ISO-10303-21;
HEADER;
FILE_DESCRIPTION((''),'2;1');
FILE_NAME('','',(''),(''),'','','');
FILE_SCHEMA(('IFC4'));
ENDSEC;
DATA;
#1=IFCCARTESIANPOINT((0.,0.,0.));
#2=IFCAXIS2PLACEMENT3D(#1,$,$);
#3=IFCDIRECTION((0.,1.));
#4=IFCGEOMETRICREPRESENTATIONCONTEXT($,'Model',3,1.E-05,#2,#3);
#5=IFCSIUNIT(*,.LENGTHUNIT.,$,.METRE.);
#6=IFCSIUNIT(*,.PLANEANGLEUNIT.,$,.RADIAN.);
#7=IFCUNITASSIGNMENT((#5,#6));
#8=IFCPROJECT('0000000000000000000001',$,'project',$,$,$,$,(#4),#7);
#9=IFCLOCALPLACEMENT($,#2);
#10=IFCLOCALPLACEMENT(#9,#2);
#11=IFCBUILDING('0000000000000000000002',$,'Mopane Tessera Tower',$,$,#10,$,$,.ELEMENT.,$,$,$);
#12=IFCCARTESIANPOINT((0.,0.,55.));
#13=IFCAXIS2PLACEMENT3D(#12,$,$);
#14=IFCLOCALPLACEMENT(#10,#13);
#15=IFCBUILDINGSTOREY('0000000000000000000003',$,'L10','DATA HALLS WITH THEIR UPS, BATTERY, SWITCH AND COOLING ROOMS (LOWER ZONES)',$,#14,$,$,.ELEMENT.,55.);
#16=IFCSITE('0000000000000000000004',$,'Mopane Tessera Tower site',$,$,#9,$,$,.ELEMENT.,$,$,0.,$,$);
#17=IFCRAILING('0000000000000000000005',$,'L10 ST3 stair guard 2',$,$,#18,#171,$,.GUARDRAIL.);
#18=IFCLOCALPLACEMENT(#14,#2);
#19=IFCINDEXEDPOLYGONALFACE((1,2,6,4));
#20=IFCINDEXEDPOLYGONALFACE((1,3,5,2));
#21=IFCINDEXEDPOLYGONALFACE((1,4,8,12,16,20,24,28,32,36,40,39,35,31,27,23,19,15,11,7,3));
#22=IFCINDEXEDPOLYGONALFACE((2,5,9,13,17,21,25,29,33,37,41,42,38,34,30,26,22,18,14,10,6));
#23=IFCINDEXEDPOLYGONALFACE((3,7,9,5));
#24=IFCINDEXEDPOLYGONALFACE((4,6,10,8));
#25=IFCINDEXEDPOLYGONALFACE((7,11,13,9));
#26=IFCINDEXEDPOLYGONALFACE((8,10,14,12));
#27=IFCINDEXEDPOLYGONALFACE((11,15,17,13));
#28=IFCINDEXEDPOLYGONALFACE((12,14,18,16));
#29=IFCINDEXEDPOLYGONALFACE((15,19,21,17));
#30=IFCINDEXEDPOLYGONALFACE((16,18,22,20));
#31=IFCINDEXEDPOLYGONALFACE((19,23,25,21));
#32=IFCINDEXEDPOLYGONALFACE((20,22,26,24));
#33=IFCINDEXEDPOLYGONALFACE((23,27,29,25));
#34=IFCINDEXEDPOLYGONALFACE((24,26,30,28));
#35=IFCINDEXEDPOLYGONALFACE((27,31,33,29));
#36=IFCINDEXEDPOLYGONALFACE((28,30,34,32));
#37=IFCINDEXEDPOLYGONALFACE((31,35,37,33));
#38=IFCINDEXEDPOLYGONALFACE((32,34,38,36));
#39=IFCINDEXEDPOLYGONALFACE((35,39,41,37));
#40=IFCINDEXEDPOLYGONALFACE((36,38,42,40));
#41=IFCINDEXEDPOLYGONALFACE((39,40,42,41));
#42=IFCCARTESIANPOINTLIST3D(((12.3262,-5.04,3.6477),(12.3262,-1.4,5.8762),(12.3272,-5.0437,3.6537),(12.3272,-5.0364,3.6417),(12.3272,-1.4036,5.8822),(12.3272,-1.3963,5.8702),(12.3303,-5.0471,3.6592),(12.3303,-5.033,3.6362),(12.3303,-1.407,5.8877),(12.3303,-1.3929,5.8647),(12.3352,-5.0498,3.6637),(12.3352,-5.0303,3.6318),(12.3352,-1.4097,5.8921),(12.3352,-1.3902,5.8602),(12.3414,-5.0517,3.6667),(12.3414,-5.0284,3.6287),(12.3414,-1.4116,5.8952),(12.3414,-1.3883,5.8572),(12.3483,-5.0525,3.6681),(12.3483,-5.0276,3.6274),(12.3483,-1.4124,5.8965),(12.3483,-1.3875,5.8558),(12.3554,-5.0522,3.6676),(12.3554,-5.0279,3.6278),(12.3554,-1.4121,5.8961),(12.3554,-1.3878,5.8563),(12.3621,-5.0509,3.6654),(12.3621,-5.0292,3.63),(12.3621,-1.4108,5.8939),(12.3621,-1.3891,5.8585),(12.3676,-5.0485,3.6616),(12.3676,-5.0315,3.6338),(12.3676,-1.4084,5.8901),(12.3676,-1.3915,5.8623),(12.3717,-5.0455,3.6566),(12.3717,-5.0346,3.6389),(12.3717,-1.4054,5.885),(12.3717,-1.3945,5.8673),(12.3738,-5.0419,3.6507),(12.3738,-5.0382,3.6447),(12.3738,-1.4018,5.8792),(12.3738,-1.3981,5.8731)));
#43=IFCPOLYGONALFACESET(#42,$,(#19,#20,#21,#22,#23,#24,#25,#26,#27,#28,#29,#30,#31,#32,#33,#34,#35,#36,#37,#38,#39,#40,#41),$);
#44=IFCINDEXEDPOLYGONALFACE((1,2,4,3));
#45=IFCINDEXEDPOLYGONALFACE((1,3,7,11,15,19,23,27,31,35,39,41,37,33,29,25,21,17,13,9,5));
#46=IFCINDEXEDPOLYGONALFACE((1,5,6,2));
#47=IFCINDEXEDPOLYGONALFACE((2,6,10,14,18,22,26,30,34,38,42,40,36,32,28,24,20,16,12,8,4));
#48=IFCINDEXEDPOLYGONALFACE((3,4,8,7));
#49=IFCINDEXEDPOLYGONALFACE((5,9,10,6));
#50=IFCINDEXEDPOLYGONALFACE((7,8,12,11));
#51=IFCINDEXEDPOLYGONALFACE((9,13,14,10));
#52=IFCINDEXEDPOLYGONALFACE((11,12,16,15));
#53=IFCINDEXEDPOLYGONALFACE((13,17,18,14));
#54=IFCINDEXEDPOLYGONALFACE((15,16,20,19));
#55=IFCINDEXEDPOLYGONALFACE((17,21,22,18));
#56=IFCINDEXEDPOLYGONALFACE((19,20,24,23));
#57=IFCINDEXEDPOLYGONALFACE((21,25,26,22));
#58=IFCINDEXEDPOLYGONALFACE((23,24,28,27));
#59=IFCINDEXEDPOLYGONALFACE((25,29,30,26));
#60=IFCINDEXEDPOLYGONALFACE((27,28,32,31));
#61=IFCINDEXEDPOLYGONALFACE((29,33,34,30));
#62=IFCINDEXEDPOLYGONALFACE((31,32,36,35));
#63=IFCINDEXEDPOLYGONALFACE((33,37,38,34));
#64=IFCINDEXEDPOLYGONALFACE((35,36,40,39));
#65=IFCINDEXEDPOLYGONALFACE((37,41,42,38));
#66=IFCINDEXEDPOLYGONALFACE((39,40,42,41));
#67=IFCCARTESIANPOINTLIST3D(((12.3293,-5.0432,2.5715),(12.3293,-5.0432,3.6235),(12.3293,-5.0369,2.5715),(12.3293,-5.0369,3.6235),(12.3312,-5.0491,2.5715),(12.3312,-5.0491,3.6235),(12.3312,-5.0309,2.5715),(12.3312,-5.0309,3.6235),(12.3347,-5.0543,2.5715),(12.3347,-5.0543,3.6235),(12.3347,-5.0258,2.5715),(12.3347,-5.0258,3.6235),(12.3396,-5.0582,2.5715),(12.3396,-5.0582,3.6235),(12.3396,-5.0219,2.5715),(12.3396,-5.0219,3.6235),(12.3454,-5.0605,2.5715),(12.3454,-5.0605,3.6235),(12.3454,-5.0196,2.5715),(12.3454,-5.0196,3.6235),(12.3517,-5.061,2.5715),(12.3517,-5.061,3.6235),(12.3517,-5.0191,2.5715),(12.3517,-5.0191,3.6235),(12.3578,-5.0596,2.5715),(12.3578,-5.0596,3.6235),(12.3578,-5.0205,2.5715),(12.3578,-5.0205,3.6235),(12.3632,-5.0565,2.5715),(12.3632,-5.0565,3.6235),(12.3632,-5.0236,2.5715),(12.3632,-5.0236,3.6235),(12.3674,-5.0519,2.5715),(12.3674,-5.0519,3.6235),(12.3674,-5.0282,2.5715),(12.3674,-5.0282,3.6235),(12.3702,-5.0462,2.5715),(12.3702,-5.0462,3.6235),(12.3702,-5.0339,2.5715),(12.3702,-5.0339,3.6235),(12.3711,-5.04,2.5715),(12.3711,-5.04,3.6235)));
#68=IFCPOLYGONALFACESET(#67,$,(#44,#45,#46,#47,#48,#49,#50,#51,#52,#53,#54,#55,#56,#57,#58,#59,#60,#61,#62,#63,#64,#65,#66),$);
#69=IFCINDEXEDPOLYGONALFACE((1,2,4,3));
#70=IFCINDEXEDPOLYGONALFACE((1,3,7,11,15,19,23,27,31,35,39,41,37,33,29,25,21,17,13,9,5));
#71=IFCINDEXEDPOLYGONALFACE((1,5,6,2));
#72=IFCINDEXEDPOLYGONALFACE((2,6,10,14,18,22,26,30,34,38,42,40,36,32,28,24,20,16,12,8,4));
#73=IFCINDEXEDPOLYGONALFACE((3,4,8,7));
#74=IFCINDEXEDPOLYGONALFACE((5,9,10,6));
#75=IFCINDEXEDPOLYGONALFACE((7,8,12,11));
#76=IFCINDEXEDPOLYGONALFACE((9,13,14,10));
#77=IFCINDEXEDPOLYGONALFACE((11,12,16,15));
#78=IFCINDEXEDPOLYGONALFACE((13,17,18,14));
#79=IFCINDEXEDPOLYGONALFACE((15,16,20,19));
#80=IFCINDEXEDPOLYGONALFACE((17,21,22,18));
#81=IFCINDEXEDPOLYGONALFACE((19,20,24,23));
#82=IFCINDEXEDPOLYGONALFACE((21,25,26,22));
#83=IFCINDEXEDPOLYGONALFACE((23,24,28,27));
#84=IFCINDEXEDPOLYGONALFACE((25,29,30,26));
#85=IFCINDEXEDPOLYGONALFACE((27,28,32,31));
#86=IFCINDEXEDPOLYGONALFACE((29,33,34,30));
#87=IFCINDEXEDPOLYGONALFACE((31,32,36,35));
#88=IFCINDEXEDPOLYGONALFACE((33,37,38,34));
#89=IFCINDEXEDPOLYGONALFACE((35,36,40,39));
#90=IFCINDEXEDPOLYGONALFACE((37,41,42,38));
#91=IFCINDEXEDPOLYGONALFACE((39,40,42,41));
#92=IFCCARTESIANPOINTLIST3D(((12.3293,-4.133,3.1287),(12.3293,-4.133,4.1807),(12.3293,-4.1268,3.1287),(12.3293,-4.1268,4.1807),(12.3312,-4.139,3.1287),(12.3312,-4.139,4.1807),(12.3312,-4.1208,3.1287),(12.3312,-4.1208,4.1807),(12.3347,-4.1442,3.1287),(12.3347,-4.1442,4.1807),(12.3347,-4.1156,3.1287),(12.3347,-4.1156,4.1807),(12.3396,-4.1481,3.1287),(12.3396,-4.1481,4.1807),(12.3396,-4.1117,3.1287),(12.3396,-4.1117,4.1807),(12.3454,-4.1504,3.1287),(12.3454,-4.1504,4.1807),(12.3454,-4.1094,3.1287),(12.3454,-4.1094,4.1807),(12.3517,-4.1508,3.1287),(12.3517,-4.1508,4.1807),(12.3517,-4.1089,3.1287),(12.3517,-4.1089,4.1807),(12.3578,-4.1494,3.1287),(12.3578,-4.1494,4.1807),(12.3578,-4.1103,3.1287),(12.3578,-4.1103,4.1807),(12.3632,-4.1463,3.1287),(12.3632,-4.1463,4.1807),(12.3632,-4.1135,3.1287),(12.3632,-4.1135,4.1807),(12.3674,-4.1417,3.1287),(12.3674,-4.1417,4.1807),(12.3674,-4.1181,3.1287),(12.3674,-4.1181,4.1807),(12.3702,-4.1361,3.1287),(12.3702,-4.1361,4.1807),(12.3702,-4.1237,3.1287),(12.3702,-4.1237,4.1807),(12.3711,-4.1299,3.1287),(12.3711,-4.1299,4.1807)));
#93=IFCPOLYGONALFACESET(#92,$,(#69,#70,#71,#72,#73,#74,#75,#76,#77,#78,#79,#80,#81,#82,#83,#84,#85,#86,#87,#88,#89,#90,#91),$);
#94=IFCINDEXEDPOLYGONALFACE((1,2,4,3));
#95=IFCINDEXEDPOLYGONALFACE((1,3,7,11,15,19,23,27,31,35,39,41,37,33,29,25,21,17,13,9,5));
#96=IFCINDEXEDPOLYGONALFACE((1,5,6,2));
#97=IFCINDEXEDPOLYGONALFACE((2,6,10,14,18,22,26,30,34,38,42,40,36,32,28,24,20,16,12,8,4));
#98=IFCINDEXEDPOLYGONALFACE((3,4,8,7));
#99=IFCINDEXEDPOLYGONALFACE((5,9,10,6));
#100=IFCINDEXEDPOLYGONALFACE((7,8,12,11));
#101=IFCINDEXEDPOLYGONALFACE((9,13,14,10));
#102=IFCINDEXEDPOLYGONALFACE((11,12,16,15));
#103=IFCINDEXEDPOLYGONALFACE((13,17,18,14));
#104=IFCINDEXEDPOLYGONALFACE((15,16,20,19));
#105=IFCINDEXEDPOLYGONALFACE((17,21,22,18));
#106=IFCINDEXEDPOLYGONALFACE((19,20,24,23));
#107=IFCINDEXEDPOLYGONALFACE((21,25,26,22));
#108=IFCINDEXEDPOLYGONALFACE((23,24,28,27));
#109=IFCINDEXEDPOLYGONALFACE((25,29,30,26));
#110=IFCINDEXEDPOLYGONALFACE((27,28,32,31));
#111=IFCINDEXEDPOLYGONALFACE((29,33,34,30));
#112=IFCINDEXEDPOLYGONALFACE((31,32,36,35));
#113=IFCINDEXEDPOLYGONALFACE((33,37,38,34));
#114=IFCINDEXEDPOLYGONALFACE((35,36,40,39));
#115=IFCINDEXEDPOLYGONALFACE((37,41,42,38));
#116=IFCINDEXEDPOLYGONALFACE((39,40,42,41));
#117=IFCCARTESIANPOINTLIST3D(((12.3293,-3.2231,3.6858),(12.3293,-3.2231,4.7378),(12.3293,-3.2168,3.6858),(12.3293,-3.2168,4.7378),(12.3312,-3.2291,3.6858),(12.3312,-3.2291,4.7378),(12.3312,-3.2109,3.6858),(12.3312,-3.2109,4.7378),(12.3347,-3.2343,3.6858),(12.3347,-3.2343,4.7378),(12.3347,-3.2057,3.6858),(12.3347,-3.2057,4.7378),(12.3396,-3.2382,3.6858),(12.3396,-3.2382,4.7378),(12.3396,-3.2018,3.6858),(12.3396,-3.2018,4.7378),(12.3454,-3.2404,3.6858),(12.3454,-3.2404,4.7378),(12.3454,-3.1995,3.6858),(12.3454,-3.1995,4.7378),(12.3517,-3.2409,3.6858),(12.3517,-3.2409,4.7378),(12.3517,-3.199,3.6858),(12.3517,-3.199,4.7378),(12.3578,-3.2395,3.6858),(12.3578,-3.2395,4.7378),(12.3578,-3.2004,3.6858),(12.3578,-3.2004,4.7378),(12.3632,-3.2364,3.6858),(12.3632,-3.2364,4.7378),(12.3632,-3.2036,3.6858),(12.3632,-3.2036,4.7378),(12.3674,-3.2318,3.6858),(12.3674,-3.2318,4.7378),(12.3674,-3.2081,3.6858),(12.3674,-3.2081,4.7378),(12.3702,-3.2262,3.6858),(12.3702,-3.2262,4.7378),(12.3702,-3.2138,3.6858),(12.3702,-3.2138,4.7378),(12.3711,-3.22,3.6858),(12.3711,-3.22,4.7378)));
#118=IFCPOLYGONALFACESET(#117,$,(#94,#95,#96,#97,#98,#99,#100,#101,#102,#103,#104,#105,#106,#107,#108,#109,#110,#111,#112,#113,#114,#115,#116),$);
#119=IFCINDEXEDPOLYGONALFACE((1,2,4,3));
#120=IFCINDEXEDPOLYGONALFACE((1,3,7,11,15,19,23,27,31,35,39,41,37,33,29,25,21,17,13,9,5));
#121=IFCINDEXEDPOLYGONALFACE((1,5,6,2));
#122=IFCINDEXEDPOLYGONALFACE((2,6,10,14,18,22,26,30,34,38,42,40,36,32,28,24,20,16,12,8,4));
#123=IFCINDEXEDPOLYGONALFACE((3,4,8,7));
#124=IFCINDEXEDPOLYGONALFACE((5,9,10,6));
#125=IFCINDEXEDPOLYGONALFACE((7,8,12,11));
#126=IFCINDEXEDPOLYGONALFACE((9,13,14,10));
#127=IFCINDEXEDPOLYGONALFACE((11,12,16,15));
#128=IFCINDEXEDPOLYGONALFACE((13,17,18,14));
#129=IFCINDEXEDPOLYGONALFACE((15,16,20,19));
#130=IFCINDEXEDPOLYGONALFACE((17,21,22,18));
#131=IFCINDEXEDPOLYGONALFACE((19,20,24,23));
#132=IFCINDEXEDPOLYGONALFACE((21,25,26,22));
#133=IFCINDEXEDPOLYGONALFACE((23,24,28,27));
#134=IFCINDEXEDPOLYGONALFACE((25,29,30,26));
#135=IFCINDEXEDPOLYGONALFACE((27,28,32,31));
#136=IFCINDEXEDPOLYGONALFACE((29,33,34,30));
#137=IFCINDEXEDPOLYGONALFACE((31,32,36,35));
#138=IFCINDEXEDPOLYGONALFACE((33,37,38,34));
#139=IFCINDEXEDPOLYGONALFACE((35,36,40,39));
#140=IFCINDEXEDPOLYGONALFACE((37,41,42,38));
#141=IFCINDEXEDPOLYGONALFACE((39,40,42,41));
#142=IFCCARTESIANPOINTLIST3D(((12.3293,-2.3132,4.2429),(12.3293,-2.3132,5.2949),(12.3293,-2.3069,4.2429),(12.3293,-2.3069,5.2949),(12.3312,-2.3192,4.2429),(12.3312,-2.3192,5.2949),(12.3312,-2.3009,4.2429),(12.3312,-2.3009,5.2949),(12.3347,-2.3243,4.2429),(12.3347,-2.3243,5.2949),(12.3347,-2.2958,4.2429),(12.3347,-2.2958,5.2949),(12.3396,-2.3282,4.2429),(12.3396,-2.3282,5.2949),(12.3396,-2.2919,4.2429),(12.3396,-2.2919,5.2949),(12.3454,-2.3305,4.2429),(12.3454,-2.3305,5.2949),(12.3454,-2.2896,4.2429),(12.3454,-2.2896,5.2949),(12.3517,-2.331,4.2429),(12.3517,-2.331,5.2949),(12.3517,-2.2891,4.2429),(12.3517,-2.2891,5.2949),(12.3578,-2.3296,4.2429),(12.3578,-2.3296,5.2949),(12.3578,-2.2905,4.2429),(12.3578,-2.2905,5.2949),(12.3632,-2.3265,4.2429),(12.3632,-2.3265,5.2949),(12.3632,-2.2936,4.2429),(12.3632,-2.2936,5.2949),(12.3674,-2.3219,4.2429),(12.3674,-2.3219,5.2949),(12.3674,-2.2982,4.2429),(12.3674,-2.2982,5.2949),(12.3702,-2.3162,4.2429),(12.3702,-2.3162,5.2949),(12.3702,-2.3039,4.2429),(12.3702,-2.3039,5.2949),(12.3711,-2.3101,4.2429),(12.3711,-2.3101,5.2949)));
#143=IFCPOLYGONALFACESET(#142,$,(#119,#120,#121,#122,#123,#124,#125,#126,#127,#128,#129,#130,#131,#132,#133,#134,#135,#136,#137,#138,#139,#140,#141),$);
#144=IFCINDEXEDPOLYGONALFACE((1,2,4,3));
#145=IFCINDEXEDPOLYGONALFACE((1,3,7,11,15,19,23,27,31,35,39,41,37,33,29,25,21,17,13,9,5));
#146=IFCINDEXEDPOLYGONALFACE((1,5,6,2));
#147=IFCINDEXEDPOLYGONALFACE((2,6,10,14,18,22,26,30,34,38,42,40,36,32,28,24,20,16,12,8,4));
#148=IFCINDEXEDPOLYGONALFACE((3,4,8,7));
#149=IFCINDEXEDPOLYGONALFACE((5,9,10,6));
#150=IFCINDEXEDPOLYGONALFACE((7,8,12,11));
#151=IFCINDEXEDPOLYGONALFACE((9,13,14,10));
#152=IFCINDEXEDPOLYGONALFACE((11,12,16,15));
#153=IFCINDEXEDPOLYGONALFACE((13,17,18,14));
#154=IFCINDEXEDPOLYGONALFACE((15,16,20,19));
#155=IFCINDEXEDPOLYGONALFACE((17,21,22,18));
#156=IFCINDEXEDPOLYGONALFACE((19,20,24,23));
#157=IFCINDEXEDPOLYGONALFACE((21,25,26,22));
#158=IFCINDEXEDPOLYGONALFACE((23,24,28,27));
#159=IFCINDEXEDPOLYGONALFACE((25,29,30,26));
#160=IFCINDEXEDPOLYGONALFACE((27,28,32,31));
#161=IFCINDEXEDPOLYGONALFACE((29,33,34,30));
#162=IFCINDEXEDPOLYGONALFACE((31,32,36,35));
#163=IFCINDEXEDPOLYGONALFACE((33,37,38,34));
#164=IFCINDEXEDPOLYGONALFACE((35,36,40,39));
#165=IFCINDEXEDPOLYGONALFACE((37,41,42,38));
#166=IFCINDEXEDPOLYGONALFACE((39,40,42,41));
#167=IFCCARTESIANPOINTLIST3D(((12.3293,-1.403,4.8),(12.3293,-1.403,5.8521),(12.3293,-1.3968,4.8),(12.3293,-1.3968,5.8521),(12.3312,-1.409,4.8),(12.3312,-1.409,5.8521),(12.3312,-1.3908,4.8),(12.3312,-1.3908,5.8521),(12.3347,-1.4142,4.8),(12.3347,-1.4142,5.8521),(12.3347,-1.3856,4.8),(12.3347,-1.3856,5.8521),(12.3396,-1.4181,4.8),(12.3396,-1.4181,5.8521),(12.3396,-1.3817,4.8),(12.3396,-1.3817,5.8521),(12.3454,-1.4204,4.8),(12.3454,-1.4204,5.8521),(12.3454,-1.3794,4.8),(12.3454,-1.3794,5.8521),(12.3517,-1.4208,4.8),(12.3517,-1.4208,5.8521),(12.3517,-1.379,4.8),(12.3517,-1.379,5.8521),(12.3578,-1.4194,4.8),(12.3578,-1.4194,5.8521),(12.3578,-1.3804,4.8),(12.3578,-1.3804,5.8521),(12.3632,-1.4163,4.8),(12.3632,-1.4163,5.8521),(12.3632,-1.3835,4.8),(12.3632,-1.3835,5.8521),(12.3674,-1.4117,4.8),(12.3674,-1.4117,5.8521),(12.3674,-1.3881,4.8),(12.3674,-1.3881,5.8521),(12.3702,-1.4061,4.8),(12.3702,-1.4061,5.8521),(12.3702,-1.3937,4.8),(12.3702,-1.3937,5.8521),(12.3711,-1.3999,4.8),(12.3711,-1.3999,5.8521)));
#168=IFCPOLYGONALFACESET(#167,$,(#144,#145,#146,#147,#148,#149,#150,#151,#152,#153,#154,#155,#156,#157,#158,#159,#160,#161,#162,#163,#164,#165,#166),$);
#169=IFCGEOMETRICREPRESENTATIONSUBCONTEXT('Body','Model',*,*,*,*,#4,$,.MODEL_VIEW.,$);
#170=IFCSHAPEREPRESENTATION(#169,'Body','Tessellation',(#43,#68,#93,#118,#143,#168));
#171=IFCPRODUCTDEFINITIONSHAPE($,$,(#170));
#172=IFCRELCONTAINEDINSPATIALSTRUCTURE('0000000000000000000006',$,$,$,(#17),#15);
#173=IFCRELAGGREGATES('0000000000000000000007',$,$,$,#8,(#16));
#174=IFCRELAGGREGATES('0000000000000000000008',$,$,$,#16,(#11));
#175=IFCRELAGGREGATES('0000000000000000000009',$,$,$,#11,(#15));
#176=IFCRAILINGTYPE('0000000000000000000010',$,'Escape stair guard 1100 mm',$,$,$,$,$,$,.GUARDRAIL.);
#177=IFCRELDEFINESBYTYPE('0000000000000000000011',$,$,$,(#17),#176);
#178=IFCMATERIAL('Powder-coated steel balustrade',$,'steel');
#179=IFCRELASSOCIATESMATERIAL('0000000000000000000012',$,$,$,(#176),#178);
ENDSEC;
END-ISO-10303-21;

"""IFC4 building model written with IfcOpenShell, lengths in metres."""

from ifc_helpers import new_model, si_unit, direction, frame, origin, origin_2d, place, context, subcontext, project, spatial, circle, extrude, material, type_object, element, save


model = new_model("IFC4")

# Units and contexts
model_context = context("Model", 3, precision=1e-05, world=origin(), true_north=direction((0.0, 1.0)))
body_context = subcontext(model_context, "Body", "Model", "MODEL_VIEW")
ifc_project = project(units=[si_unit("LENGTHUNIT", "METRE"), si_unit("PLANEANGLEUNIT", "RADIAN")], contexts=[model_context])

# Site, building, storey
site_placement = place(None, origin())
site = spatial("IfcSite", under=ifc_project, at=site_placement, Name="Mopane Tessera Tower site", CompositionType="ELEMENT", RefElevation=0.0)
building_placement = place(site_placement, origin())
building = spatial("IfcBuilding", under=site, at=building_placement, Name="Mopane Tessera Tower", CompositionType="ELEMENT")
storey_placement = place(building_placement, frame((0.0, 0.0, 55.0)))
storey = spatial("IfcBuildingStorey", under=building, at=storey_placement, Name="L10", Description="DATA HALLS WITH THEIR UPS, BATTERY, SWITCH AND COOLING ROOMS (LOWER ZONES)", CompositionType="ELEMENT", Elevation=55.0)

# Railing
ifc_material_1 = material(Name="Powder-coated steel balustrade", Category="steel")
railing_type_1 = type_object("IfcRailingType", Name="Escape stair guard 1100 mm", PredefinedType="GUARDRAIL", material=ifc_material_1)
railing_1_placement = place(storey_placement, frame((12.3501, -5.04, 2.5715)))
element("IfcRailing", 1, at=railing_1_placement, inside=storey, type_object=railing_type_1, Name="L10 ST3 stair guard 2", PredefinedType="GUARDRAIL", context=body_context, shape_type="SweptSolid", body=[
    extrude(circle(Radius=0.0239, at=origin_2d()), frame((0.0, 0.0, 1.0762), z_axis=(0.0, 0.852866, 0.52213), x_axis=(-1.0, 0.0, 0.0)), (0.0, 0.0, 1.0), 4.2681),
    extrude(circle(Radius=0.021, at=origin_2d()), origin(), (0.0, 0.0, 1.0), 1.052),
    extrude(circle(Radius=0.021, at=origin_2d()), frame((0.0, 0.9102, 0.5571)), (0.0, 0.0, 1.0), 1.052),
    extrude(circle(Radius=0.021, at=origin_2d()), frame((0.0, 1.8201, 1.1143)), (0.0, 0.0, 1.0), 1.052),
    extrude(circle(Radius=0.021, at=origin_2d()), frame((0.0, 2.73, 1.6714)), (0.0, 0.0, 1.0), 1.052),
    extrude(circle(Radius=0.021, at=origin_2d()), frame((0.0, 3.6401, 2.2285)), (0.0, 0.0, 1.0), 1.052),
])

save(model, "model.ifc")
